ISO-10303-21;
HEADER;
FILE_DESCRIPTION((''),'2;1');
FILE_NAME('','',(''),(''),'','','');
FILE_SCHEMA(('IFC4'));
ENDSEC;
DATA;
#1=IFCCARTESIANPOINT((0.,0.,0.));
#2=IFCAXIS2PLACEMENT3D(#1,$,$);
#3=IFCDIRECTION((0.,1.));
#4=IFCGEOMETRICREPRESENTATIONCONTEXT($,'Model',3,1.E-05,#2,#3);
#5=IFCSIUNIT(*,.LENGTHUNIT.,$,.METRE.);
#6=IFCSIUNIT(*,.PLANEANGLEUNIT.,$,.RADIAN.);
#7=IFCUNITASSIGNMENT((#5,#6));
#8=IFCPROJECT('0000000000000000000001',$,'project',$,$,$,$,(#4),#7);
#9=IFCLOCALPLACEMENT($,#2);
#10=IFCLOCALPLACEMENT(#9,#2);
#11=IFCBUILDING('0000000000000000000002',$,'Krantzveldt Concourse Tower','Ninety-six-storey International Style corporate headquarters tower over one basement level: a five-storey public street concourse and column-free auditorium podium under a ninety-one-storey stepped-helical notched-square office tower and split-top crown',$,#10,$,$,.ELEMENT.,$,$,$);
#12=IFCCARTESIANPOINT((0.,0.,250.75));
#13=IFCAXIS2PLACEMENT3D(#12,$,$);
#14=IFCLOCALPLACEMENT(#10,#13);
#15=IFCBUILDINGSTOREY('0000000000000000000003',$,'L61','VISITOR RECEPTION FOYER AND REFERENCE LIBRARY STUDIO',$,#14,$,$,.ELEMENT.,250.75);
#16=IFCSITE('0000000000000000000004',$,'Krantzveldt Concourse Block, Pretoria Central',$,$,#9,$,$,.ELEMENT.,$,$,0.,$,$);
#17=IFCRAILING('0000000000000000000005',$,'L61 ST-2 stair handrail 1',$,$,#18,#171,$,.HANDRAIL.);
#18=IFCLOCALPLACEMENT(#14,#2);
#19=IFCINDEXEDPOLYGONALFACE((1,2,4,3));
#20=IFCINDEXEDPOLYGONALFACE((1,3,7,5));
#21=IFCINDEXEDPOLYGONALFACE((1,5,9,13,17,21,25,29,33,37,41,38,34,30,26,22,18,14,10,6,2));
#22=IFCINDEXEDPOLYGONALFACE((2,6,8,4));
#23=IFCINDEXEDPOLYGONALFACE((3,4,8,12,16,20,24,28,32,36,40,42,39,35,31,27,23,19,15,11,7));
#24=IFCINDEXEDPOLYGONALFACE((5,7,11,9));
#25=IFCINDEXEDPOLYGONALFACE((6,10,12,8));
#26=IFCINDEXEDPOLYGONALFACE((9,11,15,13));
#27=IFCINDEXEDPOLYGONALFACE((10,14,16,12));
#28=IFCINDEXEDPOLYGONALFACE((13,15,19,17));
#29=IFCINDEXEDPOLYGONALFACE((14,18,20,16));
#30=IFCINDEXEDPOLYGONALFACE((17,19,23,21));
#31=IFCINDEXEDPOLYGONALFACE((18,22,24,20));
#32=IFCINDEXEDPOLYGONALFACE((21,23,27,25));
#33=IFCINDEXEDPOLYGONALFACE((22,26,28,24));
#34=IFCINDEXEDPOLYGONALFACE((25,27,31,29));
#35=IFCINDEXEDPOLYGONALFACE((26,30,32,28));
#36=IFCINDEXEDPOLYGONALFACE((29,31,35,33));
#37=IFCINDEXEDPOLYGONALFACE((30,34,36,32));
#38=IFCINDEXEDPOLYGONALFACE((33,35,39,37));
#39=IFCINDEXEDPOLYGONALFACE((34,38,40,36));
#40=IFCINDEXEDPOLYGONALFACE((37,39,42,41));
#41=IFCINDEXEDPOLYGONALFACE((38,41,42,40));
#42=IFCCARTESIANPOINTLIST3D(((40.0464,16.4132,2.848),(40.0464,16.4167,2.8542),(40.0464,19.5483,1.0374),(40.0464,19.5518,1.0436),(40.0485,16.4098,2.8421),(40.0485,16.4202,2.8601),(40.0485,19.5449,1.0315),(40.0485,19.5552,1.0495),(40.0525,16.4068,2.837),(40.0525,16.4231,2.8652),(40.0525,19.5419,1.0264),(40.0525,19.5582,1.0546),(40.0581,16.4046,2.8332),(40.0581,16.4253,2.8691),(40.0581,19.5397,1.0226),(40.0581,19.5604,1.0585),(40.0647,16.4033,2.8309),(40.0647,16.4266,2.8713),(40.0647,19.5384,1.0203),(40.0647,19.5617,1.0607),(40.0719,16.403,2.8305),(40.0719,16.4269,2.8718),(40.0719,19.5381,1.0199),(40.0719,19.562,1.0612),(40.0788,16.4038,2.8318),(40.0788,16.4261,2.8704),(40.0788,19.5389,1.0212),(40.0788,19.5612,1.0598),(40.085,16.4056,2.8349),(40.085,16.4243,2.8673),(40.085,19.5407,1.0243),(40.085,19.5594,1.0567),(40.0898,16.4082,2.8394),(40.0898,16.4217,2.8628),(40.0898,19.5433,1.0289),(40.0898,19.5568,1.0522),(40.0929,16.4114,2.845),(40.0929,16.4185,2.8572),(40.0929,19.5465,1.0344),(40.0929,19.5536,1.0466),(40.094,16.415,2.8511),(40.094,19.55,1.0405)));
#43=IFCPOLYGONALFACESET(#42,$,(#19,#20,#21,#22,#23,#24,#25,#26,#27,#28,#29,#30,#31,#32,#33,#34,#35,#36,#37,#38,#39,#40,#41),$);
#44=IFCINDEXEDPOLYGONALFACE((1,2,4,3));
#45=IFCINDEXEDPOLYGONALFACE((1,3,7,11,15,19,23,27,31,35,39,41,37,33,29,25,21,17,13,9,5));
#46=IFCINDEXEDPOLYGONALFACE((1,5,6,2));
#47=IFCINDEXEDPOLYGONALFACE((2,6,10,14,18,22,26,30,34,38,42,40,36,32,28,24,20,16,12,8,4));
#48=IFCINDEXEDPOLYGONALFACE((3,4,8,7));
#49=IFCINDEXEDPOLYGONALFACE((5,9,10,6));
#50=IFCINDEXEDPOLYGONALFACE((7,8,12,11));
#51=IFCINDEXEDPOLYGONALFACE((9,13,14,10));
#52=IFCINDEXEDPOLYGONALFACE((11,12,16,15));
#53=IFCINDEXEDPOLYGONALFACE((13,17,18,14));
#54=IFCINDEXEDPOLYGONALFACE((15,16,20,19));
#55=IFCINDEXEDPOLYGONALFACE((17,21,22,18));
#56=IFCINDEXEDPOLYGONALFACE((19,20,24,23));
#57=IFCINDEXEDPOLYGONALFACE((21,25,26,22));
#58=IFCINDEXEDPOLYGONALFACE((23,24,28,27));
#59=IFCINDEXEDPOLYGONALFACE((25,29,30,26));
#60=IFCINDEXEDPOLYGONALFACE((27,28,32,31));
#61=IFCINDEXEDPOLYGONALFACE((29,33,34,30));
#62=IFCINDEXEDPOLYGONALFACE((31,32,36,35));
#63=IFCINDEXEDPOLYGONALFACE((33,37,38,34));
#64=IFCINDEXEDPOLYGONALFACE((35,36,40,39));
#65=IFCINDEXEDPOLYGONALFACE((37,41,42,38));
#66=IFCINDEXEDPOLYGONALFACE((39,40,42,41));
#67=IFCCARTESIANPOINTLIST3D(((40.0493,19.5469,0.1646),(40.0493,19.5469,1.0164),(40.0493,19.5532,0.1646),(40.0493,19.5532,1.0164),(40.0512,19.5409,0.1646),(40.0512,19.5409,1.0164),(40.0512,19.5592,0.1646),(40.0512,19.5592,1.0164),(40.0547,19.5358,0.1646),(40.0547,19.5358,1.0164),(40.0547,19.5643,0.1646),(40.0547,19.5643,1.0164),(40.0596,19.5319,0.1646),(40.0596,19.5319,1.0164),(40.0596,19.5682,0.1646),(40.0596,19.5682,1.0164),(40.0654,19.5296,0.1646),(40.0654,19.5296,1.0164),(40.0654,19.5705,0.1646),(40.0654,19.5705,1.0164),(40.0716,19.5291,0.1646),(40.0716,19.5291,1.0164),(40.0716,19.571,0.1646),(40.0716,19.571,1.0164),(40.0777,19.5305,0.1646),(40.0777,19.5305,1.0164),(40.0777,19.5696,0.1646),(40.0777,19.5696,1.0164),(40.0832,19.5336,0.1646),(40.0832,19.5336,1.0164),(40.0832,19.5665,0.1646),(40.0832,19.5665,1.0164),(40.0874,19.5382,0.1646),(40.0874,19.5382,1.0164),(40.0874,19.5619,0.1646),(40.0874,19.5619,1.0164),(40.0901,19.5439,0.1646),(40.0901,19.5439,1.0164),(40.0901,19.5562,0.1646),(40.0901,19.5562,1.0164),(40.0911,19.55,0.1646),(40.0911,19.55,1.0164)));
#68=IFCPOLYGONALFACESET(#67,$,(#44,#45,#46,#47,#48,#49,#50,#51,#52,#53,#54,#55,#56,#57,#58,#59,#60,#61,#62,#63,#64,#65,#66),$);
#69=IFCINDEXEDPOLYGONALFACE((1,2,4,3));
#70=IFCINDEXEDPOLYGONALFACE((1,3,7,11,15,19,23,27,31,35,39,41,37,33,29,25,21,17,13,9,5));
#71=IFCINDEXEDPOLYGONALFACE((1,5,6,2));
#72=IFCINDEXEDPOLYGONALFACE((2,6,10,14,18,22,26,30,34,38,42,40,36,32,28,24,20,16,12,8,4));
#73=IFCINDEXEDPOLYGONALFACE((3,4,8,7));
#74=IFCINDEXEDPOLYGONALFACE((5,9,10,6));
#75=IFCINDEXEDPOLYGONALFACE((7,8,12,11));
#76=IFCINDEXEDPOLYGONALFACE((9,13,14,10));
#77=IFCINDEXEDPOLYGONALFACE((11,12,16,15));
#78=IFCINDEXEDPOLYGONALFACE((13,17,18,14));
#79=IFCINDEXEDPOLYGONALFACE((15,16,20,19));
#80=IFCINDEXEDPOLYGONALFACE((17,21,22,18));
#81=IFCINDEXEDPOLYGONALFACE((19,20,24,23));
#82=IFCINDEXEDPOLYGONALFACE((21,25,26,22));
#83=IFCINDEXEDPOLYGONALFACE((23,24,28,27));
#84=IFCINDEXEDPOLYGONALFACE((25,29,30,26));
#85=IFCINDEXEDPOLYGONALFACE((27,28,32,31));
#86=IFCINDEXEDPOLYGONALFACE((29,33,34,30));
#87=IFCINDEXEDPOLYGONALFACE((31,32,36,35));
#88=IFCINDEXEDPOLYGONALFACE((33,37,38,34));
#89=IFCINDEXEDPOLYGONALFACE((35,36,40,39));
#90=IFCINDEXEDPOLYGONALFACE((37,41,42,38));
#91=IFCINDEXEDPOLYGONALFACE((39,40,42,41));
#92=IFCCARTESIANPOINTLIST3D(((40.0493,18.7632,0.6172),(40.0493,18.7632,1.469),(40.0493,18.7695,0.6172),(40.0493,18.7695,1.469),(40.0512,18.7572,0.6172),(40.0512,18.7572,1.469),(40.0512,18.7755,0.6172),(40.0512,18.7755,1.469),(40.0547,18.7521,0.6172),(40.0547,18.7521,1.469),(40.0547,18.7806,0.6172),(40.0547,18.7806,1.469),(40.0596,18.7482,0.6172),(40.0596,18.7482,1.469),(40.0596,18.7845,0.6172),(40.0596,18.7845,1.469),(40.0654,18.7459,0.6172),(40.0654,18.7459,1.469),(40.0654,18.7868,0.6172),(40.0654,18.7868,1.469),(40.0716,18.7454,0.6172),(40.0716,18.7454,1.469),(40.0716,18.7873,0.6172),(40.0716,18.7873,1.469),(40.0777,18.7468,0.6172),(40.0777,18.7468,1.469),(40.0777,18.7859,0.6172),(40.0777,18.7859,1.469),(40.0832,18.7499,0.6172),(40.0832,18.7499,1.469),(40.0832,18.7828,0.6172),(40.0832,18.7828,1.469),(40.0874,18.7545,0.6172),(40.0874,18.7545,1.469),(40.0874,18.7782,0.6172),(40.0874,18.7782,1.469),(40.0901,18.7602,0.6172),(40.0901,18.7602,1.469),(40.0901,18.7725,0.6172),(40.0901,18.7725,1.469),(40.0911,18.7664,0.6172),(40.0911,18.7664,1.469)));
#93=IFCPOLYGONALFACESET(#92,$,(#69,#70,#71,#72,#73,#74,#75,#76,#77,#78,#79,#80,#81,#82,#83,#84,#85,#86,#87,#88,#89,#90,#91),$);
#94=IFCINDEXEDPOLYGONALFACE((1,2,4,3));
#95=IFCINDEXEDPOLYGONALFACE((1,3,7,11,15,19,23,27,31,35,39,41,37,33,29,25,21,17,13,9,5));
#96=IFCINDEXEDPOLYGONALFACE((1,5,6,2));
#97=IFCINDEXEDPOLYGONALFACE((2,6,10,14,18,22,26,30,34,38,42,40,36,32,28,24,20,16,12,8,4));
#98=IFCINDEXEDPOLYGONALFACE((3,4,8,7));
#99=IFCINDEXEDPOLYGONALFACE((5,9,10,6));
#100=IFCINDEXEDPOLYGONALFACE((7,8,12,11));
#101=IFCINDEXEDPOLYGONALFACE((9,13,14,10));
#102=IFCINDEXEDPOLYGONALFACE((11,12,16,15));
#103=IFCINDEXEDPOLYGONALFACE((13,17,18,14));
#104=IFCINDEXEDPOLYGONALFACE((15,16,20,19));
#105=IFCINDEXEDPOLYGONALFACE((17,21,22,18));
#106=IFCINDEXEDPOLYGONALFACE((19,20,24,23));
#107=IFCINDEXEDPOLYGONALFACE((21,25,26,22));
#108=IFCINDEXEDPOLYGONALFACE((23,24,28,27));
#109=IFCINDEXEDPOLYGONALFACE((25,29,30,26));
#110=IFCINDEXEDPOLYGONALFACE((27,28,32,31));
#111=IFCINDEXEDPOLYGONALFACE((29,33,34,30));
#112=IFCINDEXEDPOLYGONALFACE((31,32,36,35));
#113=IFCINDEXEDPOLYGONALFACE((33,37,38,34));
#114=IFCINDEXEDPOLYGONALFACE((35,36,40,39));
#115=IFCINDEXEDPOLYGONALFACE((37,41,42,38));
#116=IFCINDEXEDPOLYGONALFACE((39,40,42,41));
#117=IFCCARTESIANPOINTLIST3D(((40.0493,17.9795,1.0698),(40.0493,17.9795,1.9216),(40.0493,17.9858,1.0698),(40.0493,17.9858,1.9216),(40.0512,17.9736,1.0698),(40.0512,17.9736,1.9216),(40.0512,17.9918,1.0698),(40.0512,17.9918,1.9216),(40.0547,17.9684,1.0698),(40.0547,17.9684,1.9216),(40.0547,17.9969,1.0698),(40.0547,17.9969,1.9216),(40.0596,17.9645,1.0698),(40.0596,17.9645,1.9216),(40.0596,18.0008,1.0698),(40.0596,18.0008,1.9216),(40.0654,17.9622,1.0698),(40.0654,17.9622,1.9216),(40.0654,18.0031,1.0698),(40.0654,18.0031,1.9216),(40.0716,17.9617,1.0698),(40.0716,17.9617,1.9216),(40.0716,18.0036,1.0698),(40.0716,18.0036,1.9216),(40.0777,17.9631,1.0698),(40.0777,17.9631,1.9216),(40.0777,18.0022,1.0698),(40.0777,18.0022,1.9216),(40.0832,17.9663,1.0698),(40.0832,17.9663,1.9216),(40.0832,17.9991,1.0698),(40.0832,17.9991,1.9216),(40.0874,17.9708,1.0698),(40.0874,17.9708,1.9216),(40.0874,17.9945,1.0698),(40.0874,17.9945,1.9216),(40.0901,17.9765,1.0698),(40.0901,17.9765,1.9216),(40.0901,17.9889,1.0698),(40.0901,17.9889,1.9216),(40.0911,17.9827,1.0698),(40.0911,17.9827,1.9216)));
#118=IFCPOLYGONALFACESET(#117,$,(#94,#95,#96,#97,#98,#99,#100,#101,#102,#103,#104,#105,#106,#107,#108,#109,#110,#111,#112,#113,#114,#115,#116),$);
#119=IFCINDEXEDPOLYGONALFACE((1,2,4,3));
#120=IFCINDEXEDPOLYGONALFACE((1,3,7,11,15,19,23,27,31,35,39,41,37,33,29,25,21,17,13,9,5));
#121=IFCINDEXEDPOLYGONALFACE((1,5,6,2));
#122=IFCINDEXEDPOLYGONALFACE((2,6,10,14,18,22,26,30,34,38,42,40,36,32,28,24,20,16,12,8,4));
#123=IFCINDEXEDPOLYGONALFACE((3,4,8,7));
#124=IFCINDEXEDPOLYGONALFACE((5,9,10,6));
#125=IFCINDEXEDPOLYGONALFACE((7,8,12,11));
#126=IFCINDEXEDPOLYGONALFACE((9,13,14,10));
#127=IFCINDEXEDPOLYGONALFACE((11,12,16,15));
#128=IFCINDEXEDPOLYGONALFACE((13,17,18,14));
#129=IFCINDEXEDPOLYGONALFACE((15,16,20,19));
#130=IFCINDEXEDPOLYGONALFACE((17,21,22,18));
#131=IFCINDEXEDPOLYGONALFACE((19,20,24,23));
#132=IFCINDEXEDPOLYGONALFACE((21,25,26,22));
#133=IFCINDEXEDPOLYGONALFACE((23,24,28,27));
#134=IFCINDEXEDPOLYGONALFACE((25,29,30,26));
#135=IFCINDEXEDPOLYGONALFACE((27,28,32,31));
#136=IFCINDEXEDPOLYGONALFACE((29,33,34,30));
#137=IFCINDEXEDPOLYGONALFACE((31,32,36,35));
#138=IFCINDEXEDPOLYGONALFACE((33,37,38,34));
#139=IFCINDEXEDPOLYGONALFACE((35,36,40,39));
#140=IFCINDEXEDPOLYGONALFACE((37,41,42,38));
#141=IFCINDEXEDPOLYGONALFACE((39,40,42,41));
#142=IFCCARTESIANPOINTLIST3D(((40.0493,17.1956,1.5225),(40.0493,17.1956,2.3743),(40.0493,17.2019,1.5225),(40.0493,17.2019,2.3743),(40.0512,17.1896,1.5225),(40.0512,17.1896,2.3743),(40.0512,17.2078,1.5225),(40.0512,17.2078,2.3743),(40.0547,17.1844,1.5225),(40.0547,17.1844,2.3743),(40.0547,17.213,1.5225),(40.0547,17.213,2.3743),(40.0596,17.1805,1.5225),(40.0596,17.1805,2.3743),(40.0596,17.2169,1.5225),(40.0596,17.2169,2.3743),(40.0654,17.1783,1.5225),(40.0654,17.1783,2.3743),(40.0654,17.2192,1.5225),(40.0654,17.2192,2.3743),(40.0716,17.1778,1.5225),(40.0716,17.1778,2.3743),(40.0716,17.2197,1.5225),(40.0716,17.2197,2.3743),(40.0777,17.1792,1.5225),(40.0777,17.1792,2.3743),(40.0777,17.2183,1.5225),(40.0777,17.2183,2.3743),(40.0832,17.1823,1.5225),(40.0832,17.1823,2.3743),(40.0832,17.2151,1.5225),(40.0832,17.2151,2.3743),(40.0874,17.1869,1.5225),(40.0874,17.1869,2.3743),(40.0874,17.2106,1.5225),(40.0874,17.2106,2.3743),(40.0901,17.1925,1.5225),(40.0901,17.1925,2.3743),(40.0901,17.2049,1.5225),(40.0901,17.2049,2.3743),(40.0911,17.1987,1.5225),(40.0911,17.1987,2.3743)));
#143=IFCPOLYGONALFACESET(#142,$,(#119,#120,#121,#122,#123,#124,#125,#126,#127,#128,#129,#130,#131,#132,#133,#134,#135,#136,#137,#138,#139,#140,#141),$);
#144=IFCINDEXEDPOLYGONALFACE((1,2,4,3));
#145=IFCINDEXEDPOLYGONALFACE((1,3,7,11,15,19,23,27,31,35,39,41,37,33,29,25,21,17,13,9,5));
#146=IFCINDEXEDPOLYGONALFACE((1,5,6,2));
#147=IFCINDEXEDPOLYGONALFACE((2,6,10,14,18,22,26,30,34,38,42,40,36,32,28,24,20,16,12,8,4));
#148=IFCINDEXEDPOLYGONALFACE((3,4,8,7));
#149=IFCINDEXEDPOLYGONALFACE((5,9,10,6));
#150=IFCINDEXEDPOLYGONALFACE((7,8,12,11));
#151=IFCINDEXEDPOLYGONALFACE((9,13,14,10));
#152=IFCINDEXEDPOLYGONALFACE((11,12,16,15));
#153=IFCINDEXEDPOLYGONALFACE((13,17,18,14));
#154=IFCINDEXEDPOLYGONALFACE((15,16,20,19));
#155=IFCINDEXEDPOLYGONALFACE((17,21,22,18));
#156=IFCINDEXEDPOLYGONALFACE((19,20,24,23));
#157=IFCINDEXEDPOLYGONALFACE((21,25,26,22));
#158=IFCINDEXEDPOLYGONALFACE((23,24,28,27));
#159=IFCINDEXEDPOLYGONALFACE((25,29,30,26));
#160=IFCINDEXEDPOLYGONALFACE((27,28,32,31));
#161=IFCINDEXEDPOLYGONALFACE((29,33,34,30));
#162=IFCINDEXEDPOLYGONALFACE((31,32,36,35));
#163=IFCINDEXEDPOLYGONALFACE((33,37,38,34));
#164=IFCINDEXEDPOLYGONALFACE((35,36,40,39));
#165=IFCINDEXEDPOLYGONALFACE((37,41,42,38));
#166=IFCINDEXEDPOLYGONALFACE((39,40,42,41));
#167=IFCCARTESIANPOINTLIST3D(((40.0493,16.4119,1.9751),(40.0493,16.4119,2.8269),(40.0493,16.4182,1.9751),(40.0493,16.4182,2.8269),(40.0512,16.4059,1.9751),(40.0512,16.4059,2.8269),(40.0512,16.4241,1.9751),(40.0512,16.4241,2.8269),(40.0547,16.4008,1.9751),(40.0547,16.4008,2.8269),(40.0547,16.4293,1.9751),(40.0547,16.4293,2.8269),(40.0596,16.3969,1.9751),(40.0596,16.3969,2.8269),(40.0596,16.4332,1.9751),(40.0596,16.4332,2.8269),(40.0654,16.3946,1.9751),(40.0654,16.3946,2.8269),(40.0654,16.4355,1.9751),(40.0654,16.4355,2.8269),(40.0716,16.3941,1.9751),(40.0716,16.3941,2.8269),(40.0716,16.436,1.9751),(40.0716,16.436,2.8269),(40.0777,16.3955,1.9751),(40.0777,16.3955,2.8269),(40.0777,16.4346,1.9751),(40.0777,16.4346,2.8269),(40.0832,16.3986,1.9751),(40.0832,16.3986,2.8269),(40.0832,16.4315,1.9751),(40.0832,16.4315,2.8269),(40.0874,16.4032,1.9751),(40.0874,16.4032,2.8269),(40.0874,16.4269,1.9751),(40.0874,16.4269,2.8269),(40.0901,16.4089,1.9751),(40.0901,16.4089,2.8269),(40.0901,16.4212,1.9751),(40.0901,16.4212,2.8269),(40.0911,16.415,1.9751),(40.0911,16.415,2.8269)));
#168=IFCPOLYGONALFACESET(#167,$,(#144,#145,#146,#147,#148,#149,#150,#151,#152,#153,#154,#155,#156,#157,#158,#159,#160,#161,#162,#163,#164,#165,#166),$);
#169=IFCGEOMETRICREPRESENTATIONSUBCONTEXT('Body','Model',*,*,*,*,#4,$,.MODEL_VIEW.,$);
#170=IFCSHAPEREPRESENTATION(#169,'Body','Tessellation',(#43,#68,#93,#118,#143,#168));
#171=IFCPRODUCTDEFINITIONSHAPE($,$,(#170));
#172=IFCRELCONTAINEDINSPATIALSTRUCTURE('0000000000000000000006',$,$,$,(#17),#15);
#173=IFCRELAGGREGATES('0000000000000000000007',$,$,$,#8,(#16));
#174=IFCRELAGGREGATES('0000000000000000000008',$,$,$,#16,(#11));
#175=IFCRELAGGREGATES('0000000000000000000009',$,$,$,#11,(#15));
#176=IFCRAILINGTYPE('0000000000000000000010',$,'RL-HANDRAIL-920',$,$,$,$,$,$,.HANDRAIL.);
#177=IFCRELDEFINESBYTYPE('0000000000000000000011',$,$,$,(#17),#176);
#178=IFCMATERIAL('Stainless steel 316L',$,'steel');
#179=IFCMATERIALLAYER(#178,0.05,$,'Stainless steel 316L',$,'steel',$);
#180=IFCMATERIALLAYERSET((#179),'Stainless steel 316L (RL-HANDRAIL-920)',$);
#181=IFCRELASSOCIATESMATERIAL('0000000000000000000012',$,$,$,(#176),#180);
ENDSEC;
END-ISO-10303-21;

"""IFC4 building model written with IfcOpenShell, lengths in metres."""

from ifc_helpers import new_model, si_unit, direction, frame, origin, origin_2d, place, context, subcontext, project, spatial, circle, extrude, material, layer, layer_set, type_object, element, save


model = new_model("IFC4")

# Units and contexts
model_context = context("Model", 3, precision=1e-05, world=origin(), true_north=direction((0.0, 1.0)))
body_context = subcontext(model_context, "Body", "Model", "MODEL_VIEW")
ifc_project = project(units=[si_unit("LENGTHUNIT", "METRE"), si_unit("PLANEANGLEUNIT", "RADIAN")], contexts=[model_context])

# Site, building, storey
site_placement = place(None, origin())
site = spatial("IfcSite", under=ifc_project, at=site_placement, Name="Krantzveldt Concourse Block, Pretoria Central", CompositionType="ELEMENT", RefElevation=0.0)
building_placement = place(site_placement, origin())
building = spatial("IfcBuilding", under=site, at=building_placement, Name="Krantzveldt Concourse Tower", Description="Ninety-six-storey International Style corporate headquarters tower over one basement level: a five-storey public street concourse and column-free auditorium podium under a ninety-one-storey stepped-helical notched-square office tower and split-top crown", CompositionType="ELEMENT")
storey_placement = place(building_placement, frame((0.0, 0.0, 250.75)))
storey = spatial("IfcBuildingStorey", under=building, at=storey_placement, Name="L61", Description="VISITOR RECEPTION FOYER AND REFERENCE LIBRARY STUDIO", CompositionType="ELEMENT", Elevation=250.75)

# Shared definitions
ifc_material_1 = material(Name="Stainless steel 316L", Category="steel")

# Railing
ifc_layer_1 = layer(ifc_material_1, 0.05, Name="Stainless steel 316L", Category="steel")
ifc_layer_set_1 = layer_set([ifc_layer_1], Name="Stainless steel 316L (RL-HANDRAIL-920)")
railing_type_1 = type_object("IfcRailingType", Name="RL-HANDRAIL-920", PredefinedType="HANDRAIL", material=ifc_layer_set_1)
railing_1_placement = place(storey_placement, frame((40.0701, 19.55, 0.1646)))
element("IfcRailing", 1, at=railing_1_placement, inside=storey, type_object=railing_type_1, Name="L61 ST-2 stair handrail 1", PredefinedType="HANDRAIL", context=body_context, shape_type="SweptSolid", body=[
    extrude(circle(Radius=0.0239, at=origin_2d()), frame((0.0, 0.0, 0.876), z_axis=(0.0, -0.86596, 0.500114), x_axis=(1.0, 0.0, 0.0)), (0.0, 0.0, 1.0), 3.6204),
    extrude(circle(Radius=0.021, at=origin_2d()), origin(), (0.0, 0.0, 1.0), 0.8518),
    extrude(circle(Radius=0.021, at=origin_2d()), frame((0.0, -0.7837, 0.4526)), (0.0, 0.0, 1.0), 0.8518),
    extrude(circle(Radius=0.021, at=origin_2d()), frame((0.0, -1.5674, 0.9053)), (0.0, 0.0, 1.0), 0.8518),
    extrude(circle(Radius=0.021, at=origin_2d()), frame((0.0, -2.3513, 1.3579)), (0.0, 0.0, 1.0), 0.8518),
    extrude(circle(Radius=0.021, at=origin_2d()), frame((0.0, -3.135, 1.8105)), (0.0, 0.0, 1.0), 0.8518),
])

save(model, "model.ifc")
